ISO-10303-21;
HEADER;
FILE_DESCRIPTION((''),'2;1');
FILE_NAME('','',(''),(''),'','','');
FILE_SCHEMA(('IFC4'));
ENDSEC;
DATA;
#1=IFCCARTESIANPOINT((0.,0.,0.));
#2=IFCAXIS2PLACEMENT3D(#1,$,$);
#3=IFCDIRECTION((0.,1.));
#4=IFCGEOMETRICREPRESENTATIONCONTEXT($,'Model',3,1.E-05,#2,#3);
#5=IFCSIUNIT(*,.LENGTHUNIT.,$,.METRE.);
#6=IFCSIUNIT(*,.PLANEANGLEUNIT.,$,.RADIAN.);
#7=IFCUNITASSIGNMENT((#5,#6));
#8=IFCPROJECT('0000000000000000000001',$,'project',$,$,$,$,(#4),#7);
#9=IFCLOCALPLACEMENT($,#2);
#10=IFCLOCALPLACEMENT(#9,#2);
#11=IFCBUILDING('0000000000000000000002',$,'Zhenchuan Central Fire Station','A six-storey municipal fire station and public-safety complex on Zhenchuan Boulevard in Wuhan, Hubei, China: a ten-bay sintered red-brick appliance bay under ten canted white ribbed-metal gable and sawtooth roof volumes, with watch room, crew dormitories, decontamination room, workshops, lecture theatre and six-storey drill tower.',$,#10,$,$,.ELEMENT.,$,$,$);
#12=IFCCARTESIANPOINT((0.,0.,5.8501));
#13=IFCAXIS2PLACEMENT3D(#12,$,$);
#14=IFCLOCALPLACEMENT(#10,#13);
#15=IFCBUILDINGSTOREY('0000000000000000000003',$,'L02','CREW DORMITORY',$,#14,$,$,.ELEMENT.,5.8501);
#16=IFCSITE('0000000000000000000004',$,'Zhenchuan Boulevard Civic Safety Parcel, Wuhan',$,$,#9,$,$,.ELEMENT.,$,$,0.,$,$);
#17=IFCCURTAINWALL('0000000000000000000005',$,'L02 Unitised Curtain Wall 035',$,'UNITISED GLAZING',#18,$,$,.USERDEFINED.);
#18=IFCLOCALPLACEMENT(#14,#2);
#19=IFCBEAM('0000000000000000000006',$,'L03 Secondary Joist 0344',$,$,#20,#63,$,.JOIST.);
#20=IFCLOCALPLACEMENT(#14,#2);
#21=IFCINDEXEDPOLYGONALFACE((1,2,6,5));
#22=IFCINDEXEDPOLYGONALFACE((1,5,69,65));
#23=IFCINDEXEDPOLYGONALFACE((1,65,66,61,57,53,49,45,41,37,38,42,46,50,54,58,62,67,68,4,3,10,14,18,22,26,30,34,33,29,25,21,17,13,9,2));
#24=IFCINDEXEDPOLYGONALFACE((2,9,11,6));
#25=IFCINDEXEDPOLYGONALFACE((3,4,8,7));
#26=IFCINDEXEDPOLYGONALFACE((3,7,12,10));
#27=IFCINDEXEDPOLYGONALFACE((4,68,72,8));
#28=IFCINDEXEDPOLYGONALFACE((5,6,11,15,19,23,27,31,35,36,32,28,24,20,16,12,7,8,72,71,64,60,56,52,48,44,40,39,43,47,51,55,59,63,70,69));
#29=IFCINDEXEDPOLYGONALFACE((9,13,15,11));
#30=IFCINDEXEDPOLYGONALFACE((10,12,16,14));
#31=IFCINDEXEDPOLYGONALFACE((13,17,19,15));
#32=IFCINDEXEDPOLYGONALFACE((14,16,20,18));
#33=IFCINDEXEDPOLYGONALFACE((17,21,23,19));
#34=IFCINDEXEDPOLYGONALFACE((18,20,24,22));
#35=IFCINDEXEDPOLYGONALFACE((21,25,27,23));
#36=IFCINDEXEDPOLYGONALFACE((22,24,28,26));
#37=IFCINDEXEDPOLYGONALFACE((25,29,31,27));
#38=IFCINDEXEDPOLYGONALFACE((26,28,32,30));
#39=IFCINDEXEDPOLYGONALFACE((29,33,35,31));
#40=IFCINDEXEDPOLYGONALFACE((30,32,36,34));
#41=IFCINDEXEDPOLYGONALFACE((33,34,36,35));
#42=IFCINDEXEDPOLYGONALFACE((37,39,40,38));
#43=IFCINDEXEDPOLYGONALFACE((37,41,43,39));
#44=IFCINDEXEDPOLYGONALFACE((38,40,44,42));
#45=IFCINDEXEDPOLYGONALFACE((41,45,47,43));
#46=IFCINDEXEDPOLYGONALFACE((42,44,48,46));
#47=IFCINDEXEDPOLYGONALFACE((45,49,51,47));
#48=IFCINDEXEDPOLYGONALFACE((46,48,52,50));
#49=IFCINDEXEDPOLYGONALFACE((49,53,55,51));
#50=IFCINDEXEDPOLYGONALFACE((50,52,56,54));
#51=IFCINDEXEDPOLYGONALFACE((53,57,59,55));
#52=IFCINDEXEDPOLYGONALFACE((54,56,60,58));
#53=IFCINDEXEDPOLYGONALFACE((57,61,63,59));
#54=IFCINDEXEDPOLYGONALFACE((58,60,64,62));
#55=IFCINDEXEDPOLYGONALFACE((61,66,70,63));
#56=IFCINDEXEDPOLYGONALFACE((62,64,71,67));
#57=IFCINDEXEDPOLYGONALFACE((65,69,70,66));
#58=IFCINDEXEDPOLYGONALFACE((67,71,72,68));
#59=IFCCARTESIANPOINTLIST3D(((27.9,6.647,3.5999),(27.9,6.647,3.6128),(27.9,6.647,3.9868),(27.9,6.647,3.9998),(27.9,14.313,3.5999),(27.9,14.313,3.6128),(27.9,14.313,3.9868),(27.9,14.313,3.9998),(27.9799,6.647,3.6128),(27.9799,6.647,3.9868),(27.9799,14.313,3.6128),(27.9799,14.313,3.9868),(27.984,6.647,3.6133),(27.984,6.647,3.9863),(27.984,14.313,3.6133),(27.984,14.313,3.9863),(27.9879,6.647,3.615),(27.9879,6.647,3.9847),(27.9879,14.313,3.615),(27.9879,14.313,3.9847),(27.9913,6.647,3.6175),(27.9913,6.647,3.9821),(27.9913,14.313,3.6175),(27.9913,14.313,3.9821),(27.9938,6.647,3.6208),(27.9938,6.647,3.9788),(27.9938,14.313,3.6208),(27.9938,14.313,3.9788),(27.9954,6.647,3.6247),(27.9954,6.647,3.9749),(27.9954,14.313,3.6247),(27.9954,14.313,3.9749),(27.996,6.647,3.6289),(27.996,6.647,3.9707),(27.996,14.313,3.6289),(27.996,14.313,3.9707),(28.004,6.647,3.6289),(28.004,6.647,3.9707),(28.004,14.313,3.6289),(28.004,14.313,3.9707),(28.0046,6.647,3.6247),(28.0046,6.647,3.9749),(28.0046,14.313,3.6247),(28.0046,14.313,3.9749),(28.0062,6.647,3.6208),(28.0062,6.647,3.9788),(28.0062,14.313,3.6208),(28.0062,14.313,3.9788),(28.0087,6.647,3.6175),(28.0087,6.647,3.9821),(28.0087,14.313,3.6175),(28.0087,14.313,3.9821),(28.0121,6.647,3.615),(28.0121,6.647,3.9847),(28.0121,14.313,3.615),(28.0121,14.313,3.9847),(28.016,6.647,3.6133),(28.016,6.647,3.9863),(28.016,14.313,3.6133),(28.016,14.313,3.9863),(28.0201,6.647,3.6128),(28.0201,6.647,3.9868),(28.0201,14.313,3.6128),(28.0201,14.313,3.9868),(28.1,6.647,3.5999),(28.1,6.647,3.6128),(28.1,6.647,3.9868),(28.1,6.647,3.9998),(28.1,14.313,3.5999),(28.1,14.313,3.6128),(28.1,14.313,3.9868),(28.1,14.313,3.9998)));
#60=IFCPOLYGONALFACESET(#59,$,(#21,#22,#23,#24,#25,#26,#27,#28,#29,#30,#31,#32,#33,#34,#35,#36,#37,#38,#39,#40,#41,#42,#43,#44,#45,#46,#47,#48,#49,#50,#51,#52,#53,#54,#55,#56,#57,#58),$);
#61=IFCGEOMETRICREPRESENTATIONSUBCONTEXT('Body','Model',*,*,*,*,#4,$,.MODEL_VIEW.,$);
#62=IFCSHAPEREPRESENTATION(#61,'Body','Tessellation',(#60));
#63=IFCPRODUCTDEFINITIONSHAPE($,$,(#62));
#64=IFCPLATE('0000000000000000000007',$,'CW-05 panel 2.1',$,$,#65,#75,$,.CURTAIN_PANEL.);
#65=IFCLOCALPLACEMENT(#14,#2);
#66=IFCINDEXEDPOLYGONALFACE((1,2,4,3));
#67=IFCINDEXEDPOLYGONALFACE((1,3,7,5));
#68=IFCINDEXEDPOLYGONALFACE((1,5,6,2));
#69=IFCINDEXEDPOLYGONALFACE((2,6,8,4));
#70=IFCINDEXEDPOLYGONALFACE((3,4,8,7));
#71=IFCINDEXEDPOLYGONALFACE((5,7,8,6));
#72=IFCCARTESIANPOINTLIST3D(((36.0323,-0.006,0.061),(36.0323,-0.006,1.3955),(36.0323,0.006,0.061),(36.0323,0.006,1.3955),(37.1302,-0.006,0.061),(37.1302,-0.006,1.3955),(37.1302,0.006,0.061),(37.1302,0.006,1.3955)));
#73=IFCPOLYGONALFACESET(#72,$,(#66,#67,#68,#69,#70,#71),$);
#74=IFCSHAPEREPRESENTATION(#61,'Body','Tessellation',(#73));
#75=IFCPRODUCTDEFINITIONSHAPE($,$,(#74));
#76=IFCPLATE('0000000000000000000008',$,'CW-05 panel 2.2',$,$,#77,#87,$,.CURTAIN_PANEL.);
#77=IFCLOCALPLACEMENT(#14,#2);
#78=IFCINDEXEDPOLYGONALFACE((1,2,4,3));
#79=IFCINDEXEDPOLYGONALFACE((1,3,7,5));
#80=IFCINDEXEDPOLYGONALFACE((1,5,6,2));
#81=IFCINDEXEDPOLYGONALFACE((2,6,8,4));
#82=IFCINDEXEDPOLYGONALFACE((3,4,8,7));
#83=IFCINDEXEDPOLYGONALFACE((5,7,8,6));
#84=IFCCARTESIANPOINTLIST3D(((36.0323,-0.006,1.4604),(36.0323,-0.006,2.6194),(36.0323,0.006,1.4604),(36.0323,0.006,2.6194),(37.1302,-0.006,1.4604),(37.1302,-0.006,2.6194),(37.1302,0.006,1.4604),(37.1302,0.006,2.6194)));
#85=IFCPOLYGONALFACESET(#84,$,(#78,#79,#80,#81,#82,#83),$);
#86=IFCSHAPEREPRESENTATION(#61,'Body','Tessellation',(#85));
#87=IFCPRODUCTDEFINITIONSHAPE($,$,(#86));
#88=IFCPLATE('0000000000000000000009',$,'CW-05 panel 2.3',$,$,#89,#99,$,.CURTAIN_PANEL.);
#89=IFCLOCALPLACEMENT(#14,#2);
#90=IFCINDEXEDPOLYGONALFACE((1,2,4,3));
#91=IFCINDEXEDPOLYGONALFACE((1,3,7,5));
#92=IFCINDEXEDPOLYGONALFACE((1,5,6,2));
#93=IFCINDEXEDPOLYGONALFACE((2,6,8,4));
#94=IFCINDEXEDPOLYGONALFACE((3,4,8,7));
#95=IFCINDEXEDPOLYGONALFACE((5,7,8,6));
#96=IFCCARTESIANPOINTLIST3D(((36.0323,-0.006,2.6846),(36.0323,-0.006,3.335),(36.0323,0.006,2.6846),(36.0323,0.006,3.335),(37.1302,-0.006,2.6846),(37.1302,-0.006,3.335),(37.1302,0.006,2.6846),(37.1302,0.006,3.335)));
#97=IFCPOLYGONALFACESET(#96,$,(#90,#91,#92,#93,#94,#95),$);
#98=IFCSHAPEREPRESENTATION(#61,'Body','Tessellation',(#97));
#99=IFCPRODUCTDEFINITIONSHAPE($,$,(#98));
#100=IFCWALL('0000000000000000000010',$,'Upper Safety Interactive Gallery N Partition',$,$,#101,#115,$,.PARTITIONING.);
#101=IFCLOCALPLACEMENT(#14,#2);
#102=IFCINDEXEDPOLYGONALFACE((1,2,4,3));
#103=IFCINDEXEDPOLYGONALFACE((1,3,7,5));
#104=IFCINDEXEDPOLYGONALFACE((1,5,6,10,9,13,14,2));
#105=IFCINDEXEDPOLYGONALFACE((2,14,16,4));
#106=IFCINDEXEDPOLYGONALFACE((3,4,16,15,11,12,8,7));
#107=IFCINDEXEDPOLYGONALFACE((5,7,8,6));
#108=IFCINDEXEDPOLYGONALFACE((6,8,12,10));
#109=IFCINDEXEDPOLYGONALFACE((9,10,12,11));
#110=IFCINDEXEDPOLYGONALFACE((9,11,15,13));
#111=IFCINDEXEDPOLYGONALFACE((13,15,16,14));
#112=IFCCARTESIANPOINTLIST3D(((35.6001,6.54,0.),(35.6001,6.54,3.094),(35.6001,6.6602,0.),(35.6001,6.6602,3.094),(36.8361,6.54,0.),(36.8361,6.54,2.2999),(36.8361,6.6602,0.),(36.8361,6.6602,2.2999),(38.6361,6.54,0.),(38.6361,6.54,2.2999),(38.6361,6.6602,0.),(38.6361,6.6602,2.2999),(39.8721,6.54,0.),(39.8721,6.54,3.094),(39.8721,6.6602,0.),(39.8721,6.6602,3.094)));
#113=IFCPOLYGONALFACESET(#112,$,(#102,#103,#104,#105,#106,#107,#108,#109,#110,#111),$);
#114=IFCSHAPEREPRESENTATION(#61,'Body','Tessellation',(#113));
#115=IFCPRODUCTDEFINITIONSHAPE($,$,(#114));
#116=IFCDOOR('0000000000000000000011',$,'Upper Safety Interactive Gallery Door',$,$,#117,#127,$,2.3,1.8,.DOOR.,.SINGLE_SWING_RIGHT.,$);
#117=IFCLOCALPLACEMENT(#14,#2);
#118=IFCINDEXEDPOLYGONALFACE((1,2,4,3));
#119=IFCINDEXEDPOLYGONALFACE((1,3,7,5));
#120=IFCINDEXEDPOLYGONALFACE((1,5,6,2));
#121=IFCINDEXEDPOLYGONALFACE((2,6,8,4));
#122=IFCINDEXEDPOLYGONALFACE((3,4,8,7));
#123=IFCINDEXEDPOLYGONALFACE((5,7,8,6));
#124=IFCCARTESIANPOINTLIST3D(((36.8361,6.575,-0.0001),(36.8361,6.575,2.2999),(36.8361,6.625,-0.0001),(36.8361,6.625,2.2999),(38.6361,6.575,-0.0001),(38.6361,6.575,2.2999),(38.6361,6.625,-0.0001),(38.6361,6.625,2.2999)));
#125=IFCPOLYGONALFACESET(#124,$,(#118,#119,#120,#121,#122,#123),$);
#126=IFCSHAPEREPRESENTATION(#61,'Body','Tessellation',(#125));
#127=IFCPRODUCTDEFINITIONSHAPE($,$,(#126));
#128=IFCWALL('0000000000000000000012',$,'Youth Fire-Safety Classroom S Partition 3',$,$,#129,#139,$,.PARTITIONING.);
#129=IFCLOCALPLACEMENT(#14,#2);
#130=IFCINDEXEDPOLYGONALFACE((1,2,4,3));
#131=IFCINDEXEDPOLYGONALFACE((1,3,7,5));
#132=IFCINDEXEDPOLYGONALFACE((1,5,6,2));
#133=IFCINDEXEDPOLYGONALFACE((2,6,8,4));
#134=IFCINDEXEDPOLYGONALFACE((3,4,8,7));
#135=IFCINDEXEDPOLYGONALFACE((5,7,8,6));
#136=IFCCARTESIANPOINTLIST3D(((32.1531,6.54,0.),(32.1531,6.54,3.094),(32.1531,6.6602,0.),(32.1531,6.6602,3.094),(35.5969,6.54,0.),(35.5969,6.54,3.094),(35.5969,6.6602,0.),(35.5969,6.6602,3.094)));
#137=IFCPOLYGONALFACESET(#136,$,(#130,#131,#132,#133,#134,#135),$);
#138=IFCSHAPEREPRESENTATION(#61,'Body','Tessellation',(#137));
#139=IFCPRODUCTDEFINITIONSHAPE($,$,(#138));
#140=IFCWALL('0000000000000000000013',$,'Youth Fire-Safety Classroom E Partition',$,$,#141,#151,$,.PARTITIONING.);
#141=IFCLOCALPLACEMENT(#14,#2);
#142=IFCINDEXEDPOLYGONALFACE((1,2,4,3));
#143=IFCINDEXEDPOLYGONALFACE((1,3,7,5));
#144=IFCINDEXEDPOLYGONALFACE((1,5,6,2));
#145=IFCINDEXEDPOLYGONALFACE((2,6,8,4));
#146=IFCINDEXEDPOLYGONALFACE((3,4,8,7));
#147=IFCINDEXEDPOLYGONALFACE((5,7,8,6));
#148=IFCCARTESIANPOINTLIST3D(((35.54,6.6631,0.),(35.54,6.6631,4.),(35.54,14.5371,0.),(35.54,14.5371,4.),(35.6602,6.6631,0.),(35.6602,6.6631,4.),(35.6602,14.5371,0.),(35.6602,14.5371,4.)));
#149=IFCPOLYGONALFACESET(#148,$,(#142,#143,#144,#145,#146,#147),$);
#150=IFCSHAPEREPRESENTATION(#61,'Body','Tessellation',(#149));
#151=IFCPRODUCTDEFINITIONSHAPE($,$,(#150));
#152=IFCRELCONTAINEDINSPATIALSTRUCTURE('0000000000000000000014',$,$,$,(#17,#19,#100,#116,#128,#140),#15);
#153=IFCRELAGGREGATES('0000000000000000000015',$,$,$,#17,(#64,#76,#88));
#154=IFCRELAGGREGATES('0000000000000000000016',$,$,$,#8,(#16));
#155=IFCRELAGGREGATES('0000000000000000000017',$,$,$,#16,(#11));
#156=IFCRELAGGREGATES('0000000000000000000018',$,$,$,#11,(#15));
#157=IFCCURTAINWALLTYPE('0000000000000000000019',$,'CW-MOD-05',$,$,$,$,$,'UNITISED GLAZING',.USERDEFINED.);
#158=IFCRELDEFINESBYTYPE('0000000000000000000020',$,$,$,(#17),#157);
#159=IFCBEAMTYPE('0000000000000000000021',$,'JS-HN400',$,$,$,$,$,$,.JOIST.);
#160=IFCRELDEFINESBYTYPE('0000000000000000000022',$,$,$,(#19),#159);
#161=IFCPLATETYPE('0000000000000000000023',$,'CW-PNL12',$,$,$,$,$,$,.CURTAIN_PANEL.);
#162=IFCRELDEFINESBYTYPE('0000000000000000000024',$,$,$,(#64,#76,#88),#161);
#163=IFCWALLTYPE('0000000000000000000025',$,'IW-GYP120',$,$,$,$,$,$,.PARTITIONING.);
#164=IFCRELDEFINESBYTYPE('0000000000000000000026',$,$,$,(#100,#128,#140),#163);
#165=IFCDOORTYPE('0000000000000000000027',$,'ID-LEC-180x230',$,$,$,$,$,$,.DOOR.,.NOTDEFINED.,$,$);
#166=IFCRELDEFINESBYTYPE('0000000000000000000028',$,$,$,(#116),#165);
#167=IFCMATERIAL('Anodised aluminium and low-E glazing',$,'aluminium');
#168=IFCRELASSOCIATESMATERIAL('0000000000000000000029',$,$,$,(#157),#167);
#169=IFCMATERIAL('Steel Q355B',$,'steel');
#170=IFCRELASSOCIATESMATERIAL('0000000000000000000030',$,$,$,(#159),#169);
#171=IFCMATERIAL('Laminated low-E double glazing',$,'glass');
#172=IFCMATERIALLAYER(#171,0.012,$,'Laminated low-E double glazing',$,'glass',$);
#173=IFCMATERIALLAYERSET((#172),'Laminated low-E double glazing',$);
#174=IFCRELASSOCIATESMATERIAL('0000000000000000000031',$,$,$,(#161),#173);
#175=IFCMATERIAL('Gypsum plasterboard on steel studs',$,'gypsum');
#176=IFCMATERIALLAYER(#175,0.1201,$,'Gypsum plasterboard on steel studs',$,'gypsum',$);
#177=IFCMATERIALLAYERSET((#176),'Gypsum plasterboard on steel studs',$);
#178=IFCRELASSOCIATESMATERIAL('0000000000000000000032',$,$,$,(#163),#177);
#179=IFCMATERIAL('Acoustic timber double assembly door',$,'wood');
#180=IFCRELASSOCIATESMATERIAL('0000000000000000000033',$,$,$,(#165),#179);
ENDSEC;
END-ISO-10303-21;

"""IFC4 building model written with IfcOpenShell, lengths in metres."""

from ifc_helpers import new_model, si_unit, direction, frame, frame_2d, origin, origin_2d, place, context, subcontext, project, spatial, rectangle, i_section, extrude, material, layer, layer_set, material_profile, profile_set, type_object, element, fill, aggregate, save


model = new_model("IFC4")

# Units and contexts
model_context = context("Model", 3, precision=1e-05, world=origin(), true_north=direction((0.0, 1.0)))
body_context = subcontext(model_context, "Body", "Model", "MODEL_VIEW")
ifc_project = project(units=[si_unit("LENGTHUNIT", "METRE"), si_unit("PLANEANGLEUNIT", "RADIAN")], contexts=[model_context])

# Site, building, storey
site_placement = place(None, origin())
site = spatial("IfcSite", under=ifc_project, at=site_placement, Name="Zhenchuan Boulevard Civic Safety Parcel, Wuhan", CompositionType="ELEMENT", RefElevation=0.0)
building_placement = place(site_placement, origin())
building = spatial("IfcBuilding", under=site, at=building_placement, Name="Zhenchuan Central Fire Station", Description="A six-storey municipal fire station and public-safety complex on Zhenchuan Boulevard in Wuhan, Hubei, China: a ten-bay sintered red-brick appliance bay under ten canted white ribbed-metal gable and sawtooth roof volumes, with watch room, crew dormitories, decontamination room, workshops, lecture theatre and six-storey drill tower.", CompositionType="ELEMENT")
storey_placement = place(building_placement, frame((0.0, 0.0, 5.8501)))
storey = spatial("IfcBuildingStorey", under=building, at=storey_placement, Name="L02", Description="CREW DORMITORY", CompositionType="ELEMENT", Elevation=5.8501)

# Shared definitions
ifc_material_1 = material(Name="Steel Q355B", Category="steel")

# Curtain wall
ifc_material_2 = material(Name="Anodised aluminium and low-E glazing", Category="aluminium")
curtain_wall_type_1 = type_object("IfcCurtainWallType", Name="CW-MOD-05", ElementType="UNITISED GLAZING", PredefinedType="USERDEFINED", material=ifc_material_2)
curtain_wall_1_placement = place(storey_placement, origin())
curtain_wall_1 = element("IfcCurtainWall", 1, at=curtain_wall_1_placement, inside=storey, type_object=curtain_wall_type_1, Name="L02 Unitised Curtain Wall 035", ObjectType="UNITISED GLAZING", PredefinedType="USERDEFINED")

# Beam
ifc_material_profile_1 = material_profile(ifc_material_1, i_section(OverallWidth=0.2, OverallDepth=0.3999, WebThickness=0.0081, FlangeThickness=0.0129, FilletRadius=0.0161, at=origin_2d()), Name="HN 400x200")
ifc_profile_set_1 = profile_set([ifc_material_profile_1], Name="Steel Q355B")
beam_type_1 = type_object("IfcBeamType", Name="JS-HN400", PredefinedType="JOIST", material=ifc_profile_set_1)
beam_1_placement = place(storey_placement, frame((28.0, 6.647, 3.7998), z_axis=(0.0, 1.0, 0.0), x_axis=(-1.0, 0.0, 0.0)))
element("IfcBeam", 2, at=beam_1_placement, inside=storey, type_object=beam_type_1, Name="L03 Secondary Joist 0344", PredefinedType="JOIST", context=body_context, shape_type="SweptSolid", body=[
    extrude(i_section(OverallWidth=0.2, OverallDepth=0.3999, WebThickness=0.0081, FlangeThickness=0.0129, FilletRadius=0.0161, at=origin_2d()), origin(), (0.0, 0.0, 1.0), 7.666),
])

# Plates
ifc_material_3 = material(Name="Laminated low-E double glazing", Category="glass")
ifc_layer_1 = layer(ifc_material_3, 0.012, Name="Laminated low-E double glazing", Category="glass")
ifc_layer_set_1 = layer_set([ifc_layer_1], Name="Laminated low-E double glazing")
plate_type = type_object("IfcPlateType", Name="CW-PNL12", PredefinedType="CURTAIN_PANEL", material=ifc_layer_set_1)
plate_1_placement = place(storey_placement, frame((36.5813, 0.0, 0.061), z_axis=(0.0, 0.0, 1.0), x_axis=(1.0, 0.0, 0.0)))
plate_1 = element("IfcPlate", 3, at=plate_1_placement, type_object=plate_type, Name="CW-05 panel 2.1", PredefinedType="CURTAIN_PANEL", context=body_context, shape_type="SweptSolid", body=[
    extrude(rectangle(XDim=1.0979, YDim=0.012, at=origin_2d()), origin(), (0.0, 0.0, 1.0), 1.3345),
])
plate_2_placement = place(storey_placement, frame((36.5813, 0.0, 1.4604), z_axis=(0.0, 0.0, 1.0), x_axis=(1.0, 0.0, 0.0)))
plate_2 = element("IfcPlate", 4, at=plate_2_placement, type_object=plate_type, Name="CW-05 panel 2.2", PredefinedType="CURTAIN_PANEL", context=body_context, shape_type="SweptSolid", body=[
    extrude(rectangle(XDim=1.0979, YDim=0.012, at=origin_2d()), origin(), (0.0, 0.0, 1.0), 1.1589),
])
plate_3_placement = place(storey_placement, frame((36.5813, 0.0, 2.6846), z_axis=(0.0, 0.0, 1.0), x_axis=(1.0, 0.0, 0.0)))
plate_3 = element("IfcPlate", 5, at=plate_3_placement, type_object=plate_type, Name="CW-05 panel 2.3", PredefinedType="CURTAIN_PANEL", context=body_context, shape_type="SweptSolid", body=[
    extrude(rectangle(XDim=1.0979, YDim=0.012, at=origin_2d()), origin(), (0.0, 0.0, 1.0), 0.6504),
])
aggregate(curtain_wall_1, [plate_1, plate_2, plate_3])

# Wall, opening, door
ifc_material_4 = material(Name="Gypsum plasterboard on steel studs", Category="gypsum")
ifc_layer_2 = layer(ifc_material_4, 0.1201, Name="Gypsum plasterboard on steel studs", Category="gypsum")
ifc_layer_set_2 = layer_set([ifc_layer_2], Name="Gypsum plasterboard on steel studs")
wall_type = type_object("IfcWallType", Name="IW-GYP120", PredefinedType="PARTITIONING", material=ifc_layer_set_2)
wall_1_placement = place(storey_placement, frame((35.6001, 6.6001, 0.0), z_axis=(0.0, 0.0, 1.0), x_axis=(1.0, 0.0, 0.0)))
wall_1 = element("IfcWall", 6, at=wall_1_placement, inside=storey, type_object=wall_type, Name="Upper Safety Interactive Gallery N Partition", PredefinedType="PARTITIONING", context=body_context, shape_type="SweptSolid", body=[
    extrude(rectangle(XDim=4.272, YDim=0.1201, at=frame_2d((2.136, 0.0))), origin(), (0.0, 0.0, 1.0), 3.094),
])
opening_placement = place(wall_1_placement, frame((1.2361, 0.0, 0.0)))
opening = element("IfcOpeningElement", 7, at=opening_placement, cuts=wall_1, PredefinedType="OPENING", context=body_context, shape_type="SweptSolid", body=[
    extrude(rectangle(XDim=1.8, YDim=2.3, at=frame_2d((0.8999, 1.1499))), frame((0.0, 0.0701, 0.0), z_axis=(0.0, -1.0, 0.0), x_axis=(1.0, 0.0, 0.0)), (0.0, 0.0, 1.0), 0.1401),
])
ifc_material_5 = material(Name="Acoustic timber double assembly door", Category="wood")
door_type = type_object("IfcDoorType", Name="ID-LEC-180x230", OperationType="NOTDEFINED", PredefinedType="DOOR", material=ifc_material_5)
door_placement = place(opening_placement, origin())
door = element("IfcDoor", 8, at=door_placement, inside=storey, type_object=door_type, Name="Upper Safety Interactive Gallery Door", OperationType="SINGLE_SWING_RIGHT", OverallHeight=2.3, OverallWidth=1.8, PredefinedType="DOOR", context=body_context, shape_type="SweptSolid", body=[
    extrude(rectangle(XDim=1.8, YDim=2.3, at=frame_2d((0.8999, 1.1499))), frame((0.0, 0.0249, 0.0), z_axis=(0.0, -1.0, 0.0), x_axis=(1.0, 0.0, 0.0)), (0.0, 0.0, 1.0), 0.05),
])
fill(opening, door)

# Walls
wall_2_placement = place(storey_placement, frame((32.1531, 6.6001, 0.0), z_axis=(0.0, 0.0, 1.0), x_axis=(1.0, 0.0, 0.0)))
element("IfcWall", 9, at=wall_2_placement, inside=storey, type_object=wall_type, Name="Youth Fire-Safety Classroom S Partition 3", PredefinedType="PARTITIONING", context=body_context, shape_type="SweptSolid", body=[
    extrude(rectangle(XDim=3.4438, YDim=0.1201, at=frame_2d((1.7219, 0.0))), origin(), (0.0, 0.0, 1.0), 3.094),
])
wall_3_placement = place(storey_placement, frame((35.6001, 6.6631, 0.0), z_axis=(0.0, 0.0, 1.0), x_axis=(0.0, 1.0, 0.0)))
element("IfcWall", 10, at=wall_3_placement, inside=storey, type_object=wall_type, Name="Youth Fire-Safety Classroom E Partition", PredefinedType="PARTITIONING", context=body_context, shape_type="SweptSolid", body=[
    extrude(rectangle(XDim=7.874, YDim=0.1201, at=frame_2d((3.937, 0.0))), origin(), (0.0, 0.0, 1.0), 4.0),
])

save(model, "model.ifc")
